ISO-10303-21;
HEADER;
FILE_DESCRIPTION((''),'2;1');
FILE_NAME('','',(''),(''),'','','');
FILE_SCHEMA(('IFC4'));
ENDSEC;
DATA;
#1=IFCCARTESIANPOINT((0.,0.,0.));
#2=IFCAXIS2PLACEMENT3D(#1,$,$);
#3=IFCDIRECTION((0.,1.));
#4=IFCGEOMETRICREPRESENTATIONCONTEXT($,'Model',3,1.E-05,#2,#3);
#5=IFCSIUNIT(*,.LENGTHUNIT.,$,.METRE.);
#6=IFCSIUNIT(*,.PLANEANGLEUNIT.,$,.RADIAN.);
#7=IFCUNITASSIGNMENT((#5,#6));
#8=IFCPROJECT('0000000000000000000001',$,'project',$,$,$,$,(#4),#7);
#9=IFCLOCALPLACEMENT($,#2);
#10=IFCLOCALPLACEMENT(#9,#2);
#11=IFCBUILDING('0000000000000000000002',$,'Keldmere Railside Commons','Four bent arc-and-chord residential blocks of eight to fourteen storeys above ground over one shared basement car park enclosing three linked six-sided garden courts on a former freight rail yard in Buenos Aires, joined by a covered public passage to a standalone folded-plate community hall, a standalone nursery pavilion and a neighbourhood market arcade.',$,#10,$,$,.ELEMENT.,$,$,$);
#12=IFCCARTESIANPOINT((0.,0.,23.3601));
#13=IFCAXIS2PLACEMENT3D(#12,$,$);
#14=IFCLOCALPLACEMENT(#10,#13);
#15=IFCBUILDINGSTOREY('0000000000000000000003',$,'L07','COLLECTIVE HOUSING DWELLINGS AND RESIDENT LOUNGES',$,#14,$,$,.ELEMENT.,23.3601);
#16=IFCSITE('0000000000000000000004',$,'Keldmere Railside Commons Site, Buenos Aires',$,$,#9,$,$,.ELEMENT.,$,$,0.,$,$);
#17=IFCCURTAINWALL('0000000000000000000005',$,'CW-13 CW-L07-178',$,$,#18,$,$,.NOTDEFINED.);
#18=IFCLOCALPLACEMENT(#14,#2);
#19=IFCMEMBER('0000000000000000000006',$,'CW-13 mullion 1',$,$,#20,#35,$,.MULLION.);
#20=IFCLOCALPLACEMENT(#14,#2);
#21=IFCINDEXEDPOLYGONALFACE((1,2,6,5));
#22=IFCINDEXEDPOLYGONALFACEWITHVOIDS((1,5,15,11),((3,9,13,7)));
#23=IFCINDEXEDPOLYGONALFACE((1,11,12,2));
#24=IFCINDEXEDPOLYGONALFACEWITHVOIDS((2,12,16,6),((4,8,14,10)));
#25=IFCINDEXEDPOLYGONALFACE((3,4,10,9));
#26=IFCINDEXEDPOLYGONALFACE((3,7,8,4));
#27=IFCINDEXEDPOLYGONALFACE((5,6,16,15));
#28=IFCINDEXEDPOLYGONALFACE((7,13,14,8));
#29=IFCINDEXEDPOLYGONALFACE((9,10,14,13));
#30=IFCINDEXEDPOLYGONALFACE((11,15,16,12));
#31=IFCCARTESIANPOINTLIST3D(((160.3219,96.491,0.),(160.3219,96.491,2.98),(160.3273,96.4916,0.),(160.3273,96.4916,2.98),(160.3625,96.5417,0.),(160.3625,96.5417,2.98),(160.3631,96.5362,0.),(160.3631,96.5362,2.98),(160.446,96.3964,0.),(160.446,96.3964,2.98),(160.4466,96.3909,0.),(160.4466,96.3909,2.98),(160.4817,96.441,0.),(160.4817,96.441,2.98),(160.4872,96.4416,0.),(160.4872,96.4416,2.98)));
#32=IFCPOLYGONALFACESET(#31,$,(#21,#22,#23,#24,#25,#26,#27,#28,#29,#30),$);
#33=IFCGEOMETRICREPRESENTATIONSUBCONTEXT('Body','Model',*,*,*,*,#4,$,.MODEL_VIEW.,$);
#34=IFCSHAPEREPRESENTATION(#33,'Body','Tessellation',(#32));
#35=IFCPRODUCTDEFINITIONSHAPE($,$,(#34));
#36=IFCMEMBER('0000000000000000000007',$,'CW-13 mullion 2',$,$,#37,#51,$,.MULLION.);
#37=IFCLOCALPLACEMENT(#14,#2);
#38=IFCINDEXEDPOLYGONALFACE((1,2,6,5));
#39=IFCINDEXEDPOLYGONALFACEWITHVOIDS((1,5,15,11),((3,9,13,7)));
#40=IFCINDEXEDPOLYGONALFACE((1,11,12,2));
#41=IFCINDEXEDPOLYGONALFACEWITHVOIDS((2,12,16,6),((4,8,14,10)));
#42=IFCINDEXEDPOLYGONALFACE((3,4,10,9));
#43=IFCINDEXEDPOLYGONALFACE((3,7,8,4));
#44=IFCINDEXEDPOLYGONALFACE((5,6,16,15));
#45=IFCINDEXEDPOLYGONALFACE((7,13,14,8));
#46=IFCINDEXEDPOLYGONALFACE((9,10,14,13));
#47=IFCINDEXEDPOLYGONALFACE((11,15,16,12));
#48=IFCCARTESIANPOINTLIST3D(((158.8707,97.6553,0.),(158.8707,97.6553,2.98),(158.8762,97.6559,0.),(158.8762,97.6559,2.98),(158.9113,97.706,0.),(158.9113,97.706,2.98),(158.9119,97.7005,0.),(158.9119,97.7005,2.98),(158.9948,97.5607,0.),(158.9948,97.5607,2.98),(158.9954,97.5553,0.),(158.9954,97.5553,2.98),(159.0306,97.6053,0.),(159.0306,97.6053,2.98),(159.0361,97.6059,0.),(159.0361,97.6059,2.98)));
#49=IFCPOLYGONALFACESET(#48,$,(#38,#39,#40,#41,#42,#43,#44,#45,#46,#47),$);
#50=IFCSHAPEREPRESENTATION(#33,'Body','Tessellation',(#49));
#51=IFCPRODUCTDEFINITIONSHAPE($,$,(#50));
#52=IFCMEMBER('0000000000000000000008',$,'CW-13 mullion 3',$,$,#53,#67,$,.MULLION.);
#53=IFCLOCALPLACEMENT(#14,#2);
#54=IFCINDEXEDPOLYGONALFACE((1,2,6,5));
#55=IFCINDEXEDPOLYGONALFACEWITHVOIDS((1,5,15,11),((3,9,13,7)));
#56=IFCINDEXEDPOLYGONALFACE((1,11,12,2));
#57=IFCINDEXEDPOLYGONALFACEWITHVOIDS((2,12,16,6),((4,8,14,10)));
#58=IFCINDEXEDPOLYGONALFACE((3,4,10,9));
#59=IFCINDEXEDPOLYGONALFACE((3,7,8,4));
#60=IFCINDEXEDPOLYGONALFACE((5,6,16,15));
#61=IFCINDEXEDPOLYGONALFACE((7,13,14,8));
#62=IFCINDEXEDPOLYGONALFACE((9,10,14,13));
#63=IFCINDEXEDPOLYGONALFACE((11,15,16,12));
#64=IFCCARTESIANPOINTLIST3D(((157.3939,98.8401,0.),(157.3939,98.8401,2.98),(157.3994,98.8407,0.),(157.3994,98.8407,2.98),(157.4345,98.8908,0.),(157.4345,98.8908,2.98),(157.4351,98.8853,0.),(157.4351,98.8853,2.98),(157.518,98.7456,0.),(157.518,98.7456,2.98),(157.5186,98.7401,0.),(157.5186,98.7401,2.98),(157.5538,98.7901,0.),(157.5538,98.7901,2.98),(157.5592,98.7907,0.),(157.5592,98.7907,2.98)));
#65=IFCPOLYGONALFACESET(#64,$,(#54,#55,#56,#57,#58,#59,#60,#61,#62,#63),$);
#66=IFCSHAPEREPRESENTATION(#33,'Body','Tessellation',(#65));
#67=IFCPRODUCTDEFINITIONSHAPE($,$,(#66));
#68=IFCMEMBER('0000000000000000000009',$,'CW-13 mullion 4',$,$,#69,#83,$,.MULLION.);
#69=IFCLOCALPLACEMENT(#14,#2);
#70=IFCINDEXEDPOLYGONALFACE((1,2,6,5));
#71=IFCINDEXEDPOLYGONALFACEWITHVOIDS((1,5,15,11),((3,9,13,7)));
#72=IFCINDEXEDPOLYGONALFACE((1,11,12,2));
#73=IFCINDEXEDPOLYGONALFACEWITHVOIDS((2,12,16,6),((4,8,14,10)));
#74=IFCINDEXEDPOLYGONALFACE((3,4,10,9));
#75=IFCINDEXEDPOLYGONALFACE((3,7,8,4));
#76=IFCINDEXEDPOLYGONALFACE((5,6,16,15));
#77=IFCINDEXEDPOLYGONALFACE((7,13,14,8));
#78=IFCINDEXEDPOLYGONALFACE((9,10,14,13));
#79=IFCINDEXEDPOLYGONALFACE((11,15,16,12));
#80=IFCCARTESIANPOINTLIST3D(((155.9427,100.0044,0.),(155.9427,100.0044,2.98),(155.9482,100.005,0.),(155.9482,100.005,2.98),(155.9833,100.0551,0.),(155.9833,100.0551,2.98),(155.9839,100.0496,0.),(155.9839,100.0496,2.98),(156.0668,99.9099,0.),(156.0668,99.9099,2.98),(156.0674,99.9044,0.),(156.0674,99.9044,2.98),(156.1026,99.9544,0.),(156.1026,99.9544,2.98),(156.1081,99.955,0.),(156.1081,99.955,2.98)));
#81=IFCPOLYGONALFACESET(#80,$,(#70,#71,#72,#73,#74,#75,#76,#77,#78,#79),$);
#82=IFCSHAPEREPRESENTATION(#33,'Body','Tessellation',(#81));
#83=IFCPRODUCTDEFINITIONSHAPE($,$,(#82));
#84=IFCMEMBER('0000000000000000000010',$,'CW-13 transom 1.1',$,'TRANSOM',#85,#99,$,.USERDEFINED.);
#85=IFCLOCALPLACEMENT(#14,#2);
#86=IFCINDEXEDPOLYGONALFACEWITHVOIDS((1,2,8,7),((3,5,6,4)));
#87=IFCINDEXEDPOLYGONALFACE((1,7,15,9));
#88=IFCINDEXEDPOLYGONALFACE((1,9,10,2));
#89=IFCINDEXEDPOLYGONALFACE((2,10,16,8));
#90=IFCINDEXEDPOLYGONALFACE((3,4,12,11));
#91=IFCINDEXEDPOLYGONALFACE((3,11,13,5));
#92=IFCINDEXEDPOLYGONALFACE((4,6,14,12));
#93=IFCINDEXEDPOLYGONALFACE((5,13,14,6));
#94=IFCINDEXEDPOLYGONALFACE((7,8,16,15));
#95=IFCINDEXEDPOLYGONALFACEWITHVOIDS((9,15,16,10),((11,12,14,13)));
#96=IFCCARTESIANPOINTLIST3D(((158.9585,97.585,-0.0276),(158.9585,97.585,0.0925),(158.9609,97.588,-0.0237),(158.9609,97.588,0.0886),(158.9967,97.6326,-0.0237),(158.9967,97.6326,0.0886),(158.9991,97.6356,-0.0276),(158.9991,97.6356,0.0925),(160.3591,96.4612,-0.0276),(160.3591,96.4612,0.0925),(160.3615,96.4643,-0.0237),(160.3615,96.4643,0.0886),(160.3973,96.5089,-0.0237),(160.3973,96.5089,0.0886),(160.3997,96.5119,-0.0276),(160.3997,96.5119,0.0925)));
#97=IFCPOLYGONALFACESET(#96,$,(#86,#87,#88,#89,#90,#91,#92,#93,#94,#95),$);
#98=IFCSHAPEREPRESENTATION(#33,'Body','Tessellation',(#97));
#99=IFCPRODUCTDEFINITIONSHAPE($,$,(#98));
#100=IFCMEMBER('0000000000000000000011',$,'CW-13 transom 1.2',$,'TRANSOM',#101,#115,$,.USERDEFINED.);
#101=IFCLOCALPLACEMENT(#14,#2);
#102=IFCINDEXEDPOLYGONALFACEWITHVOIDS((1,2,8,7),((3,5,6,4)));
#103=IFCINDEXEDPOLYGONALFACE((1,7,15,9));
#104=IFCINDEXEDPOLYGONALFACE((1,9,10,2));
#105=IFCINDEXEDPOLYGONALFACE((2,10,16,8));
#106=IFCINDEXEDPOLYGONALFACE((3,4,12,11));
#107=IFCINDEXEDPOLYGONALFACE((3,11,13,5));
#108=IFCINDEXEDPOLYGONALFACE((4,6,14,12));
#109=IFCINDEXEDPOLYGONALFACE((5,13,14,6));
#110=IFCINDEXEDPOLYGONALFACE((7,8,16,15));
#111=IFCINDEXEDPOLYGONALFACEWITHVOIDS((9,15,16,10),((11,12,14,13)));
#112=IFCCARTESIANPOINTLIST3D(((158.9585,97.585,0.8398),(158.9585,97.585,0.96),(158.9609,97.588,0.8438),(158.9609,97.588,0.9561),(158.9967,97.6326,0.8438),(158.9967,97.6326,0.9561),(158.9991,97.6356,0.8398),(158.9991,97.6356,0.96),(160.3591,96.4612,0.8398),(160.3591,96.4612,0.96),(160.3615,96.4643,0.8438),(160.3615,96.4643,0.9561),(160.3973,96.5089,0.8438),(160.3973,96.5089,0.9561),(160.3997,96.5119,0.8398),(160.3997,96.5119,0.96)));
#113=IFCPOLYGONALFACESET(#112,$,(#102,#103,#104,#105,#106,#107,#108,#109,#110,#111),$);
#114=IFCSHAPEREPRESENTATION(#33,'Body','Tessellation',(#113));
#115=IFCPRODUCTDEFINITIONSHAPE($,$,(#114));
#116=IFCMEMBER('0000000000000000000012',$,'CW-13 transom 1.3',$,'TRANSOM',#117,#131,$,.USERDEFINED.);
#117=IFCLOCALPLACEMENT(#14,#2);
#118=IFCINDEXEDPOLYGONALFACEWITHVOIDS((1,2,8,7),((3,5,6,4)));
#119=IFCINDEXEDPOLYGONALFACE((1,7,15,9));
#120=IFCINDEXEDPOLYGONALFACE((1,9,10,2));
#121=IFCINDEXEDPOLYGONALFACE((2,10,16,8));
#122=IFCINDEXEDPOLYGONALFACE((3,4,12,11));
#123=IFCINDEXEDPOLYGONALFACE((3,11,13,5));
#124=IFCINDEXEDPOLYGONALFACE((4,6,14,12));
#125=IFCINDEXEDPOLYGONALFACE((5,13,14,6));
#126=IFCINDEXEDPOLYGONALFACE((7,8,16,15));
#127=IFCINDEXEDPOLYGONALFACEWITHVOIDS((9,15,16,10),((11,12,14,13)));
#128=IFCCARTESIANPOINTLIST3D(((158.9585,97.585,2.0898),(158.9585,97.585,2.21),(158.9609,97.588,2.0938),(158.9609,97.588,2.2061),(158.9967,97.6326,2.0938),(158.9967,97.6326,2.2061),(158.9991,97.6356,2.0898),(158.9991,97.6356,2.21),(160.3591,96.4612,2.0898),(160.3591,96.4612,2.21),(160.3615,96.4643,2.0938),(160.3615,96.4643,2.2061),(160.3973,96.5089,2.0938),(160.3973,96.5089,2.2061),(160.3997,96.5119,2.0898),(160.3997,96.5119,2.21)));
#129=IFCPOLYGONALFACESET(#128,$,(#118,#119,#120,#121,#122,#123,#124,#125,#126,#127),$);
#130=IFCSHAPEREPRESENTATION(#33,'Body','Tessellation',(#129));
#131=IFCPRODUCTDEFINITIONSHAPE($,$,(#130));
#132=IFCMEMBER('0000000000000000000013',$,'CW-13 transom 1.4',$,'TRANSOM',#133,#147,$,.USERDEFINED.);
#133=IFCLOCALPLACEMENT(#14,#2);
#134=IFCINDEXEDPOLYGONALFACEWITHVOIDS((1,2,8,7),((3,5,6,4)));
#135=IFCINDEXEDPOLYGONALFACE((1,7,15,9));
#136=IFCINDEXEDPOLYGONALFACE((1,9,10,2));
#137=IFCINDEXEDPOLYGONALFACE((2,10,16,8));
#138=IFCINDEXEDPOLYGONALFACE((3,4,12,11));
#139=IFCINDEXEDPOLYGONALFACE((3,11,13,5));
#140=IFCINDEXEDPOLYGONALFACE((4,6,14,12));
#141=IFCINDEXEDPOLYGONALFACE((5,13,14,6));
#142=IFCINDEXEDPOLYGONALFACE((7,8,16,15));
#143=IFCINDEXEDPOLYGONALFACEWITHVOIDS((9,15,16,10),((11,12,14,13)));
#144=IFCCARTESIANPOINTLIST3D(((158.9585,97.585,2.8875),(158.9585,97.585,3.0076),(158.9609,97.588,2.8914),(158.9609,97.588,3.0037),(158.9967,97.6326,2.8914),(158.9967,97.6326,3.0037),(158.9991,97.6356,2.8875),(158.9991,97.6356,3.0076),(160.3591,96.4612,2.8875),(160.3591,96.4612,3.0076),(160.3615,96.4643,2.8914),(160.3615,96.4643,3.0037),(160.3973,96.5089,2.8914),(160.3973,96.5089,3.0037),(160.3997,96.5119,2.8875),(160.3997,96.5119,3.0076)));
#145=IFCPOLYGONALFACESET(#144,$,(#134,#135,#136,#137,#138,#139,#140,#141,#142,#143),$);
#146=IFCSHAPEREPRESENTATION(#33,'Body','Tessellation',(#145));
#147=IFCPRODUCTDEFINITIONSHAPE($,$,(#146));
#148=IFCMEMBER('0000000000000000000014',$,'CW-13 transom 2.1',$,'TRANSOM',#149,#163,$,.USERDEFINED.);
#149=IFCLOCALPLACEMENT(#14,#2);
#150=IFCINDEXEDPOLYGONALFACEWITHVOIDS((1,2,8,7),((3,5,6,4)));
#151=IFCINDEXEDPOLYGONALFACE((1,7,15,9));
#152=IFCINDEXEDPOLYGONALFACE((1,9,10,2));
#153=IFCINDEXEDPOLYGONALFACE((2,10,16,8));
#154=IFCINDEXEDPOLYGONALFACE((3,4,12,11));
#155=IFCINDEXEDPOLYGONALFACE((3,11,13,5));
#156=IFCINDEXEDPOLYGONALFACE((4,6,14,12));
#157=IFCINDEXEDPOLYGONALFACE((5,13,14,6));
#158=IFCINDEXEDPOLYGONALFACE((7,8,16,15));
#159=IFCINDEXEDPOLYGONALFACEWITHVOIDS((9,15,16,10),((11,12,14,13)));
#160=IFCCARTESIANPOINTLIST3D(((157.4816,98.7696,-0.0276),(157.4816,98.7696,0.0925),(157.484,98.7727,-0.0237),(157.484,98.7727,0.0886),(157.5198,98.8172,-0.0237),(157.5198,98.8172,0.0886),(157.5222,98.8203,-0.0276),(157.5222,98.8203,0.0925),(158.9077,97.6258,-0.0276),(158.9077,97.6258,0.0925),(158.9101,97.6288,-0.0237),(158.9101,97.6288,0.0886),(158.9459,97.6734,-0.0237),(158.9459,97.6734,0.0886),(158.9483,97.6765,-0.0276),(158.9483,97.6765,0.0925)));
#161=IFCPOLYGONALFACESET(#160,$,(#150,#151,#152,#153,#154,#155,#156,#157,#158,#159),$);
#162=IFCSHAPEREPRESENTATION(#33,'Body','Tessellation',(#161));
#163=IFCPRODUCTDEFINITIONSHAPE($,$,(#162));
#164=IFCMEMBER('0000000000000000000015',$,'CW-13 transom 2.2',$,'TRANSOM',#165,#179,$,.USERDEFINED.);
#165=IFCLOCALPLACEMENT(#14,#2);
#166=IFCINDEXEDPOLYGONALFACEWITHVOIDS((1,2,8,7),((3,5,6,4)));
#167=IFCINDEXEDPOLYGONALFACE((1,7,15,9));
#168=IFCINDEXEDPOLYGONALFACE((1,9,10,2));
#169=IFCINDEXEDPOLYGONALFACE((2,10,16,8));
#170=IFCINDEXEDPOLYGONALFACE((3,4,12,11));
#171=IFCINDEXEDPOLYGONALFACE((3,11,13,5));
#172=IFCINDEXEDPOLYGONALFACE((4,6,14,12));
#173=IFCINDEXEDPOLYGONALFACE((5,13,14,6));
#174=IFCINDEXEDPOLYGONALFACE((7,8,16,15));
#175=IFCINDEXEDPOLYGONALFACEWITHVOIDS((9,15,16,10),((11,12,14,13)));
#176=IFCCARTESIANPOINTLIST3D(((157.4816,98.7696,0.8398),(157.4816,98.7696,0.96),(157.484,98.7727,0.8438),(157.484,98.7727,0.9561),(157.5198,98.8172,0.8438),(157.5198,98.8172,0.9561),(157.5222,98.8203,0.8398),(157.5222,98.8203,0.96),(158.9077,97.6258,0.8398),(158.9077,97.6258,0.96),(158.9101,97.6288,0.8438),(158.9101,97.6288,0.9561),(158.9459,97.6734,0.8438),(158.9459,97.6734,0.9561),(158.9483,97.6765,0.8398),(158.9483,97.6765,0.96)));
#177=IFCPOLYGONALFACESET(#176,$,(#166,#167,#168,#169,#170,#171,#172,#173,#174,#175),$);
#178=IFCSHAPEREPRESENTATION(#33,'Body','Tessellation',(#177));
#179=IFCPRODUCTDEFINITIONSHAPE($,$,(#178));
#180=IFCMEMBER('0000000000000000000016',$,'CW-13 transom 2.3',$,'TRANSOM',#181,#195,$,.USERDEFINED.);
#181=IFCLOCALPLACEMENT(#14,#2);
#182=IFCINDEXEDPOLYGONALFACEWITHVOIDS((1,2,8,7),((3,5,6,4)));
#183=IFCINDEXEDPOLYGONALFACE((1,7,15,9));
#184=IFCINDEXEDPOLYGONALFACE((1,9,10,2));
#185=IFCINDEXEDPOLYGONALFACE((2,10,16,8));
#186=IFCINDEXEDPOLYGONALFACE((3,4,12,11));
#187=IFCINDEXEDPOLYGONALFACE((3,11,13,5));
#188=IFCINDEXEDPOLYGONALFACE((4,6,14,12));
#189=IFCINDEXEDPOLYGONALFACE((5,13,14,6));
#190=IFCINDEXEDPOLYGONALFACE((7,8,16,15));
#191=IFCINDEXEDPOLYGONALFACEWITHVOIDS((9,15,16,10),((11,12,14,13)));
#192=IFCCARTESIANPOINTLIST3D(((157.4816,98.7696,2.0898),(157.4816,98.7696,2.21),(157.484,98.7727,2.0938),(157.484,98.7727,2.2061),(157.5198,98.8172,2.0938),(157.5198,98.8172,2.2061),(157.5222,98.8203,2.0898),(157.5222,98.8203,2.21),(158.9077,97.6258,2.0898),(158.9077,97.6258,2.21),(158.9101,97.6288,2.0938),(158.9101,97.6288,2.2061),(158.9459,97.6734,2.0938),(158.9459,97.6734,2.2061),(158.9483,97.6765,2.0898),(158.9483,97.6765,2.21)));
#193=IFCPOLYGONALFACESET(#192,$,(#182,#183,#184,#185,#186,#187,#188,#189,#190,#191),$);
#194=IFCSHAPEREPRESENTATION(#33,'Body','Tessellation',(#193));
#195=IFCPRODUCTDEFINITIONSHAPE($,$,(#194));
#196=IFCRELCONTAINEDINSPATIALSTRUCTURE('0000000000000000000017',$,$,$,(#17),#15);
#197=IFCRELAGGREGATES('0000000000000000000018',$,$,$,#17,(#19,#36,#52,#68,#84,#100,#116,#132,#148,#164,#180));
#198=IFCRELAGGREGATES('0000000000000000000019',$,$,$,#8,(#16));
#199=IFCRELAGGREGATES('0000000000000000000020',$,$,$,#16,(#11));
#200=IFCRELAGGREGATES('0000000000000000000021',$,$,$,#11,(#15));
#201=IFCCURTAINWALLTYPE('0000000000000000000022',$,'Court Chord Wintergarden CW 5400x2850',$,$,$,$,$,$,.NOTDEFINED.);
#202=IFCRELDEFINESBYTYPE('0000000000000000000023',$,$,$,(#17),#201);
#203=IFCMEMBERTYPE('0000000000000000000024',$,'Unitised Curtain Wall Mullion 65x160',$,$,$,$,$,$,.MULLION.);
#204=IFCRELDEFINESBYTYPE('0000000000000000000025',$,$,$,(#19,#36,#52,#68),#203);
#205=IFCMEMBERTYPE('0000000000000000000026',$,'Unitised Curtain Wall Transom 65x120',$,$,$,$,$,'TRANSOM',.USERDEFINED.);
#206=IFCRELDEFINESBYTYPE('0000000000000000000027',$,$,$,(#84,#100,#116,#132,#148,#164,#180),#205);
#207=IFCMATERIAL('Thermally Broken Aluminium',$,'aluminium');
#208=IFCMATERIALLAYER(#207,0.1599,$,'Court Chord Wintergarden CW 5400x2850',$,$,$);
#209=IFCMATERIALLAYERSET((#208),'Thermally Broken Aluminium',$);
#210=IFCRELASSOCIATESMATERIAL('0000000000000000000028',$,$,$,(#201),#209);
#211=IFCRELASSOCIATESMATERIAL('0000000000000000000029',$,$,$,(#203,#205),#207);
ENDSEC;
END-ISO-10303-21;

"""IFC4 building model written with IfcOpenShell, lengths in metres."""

from ifc_helpers import new_model, si_unit, direction, frame, origin, origin_2d, place, context, subcontext, project, spatial, hollow_rectangle, extrude, material, layer, layer_set, material_profile, profile_set, type_object, element, aggregate, save


model = new_model("IFC4")

# Units and contexts
model_context = context("Model", 3, precision=1e-05, world=origin(), true_north=direction((0.0, 1.0)))
body_context = subcontext(model_context, "Body", "Model", "MODEL_VIEW")
ifc_project = project(units=[si_unit("LENGTHUNIT", "METRE"), si_unit("PLANEANGLEUNIT", "RADIAN")], contexts=[model_context])

# Site, building, storey
site_placement = place(None, origin())
site = spatial("IfcSite", under=ifc_project, at=site_placement, Name="Keldmere Railside Commons Site, Buenos Aires", CompositionType="ELEMENT", RefElevation=0.0)
building_placement = place(site_placement, origin())
building = spatial("IfcBuilding", under=site, at=building_placement, Name="Keldmere Railside Commons", Description="Four bent arc-and-chord residential blocks of eight to fourteen storeys above ground over one shared basement car park enclosing three linked six-sided garden courts on a former freight rail yard in Buenos Aires, joined by a covered public passage to a standalone folded-plate community hall, a standalone nursery pavilion and a neighbourhood market arcade.", CompositionType="ELEMENT")
storey_placement = place(building_placement, frame((0.0, 0.0, 23.3601)))
storey = spatial("IfcBuildingStorey", under=building, at=storey_placement, Name="L07", Description="COLLECTIVE HOUSING DWELLINGS AND RESIDENT LOUNGES", CompositionType="ELEMENT", Elevation=23.3601)

# Curtain wall, members
ifc_material_1 = material(Name="Thermally Broken Aluminium", Category="aluminium")
ifc_layer_1 = layer(ifc_material_1, 0.1599, Name="Court Chord Wintergarden CW 5400x2850")
ifc_layer_set_1 = layer_set([ifc_layer_1], Name="Thermally Broken Aluminium")
curtain_wall_type = type_object("IfcCurtainWallType", Name="Court Chord Wintergarden CW 5400x2850", PredefinedType="NOTDEFINED", material=ifc_layer_set_1)
curtain_wall_placement = place(storey_placement, origin())
curtain_wall = element("IfcCurtainWall", 1, at=curtain_wall_placement, inside=storey, type_object=curtain_wall_type, Name="CW-13 CW-L07-178", PredefinedType="NOTDEFINED")
ifc_material_profile_1 = material_profile(ifc_material_1, hollow_rectangle(XDim=0.0649, YDim=0.1599, WallThickness=0.0039, at=origin_2d()), Name="ALU-MULL-65x160")
ifc_profile_set_1 = profile_set([ifc_material_profile_1], Name="Thermally Broken Aluminium")
member_type_1 = type_object("IfcMemberType", Name="Unitised Curtain Wall Mullion 65x160", PredefinedType="MULLION", material=ifc_profile_set_1)
member_1_placement = place(storey_placement, frame((160.4045, 96.4663, 0.0), z_axis=(0.0, 0.0, 1.0), x_axis=(-0.625768, -0.780009, 0.0)))
member_1 = element("IfcMember", 2, at=member_1_placement, type_object=member_type_1, Name="CW-13 mullion 1", PredefinedType="MULLION", context=body_context, shape_type="SweptSolid", body=[
    extrude(hollow_rectangle(XDim=0.0649, YDim=0.1599, WallThickness=0.0039, at=origin_2d()), origin(), (0.0, 0.0, 1.0), 2.98),
])
member_2_placement = place(storey_placement, frame((158.9534, 97.6306, 0.0), z_axis=(0.0, 0.0, 1.0), x_axis=(-0.625768, -0.780009, 0.0)))
member_2 = element("IfcMember", 3, at=member_2_placement, type_object=member_type_1, Name="CW-13 mullion 2", PredefinedType="MULLION", context=body_context, shape_type="SweptSolid", body=[
    extrude(hollow_rectangle(XDim=0.0649, YDim=0.1599, WallThickness=0.0039, at=origin_2d()), origin(), (0.0, 0.0, 1.0), 2.98),
])
member_3_placement = place(storey_placement, frame((157.4766, 98.8154, 0.0), z_axis=(0.0, 0.0, 1.0), x_axis=(-0.625768, -0.780009, 0.0)))
member_3 = element("IfcMember", 4, at=member_3_placement, type_object=member_type_1, Name="CW-13 mullion 3", PredefinedType="MULLION", context=body_context, shape_type="SweptSolid", body=[
    extrude(hollow_rectangle(XDim=0.0649, YDim=0.1599, WallThickness=0.0039, at=origin_2d()), origin(), (0.0, 0.0, 1.0), 2.98),
])
member_4_placement = place(storey_placement, frame((156.0254, 99.9797, 0.0), z_axis=(0.0, 0.0, 1.0), x_axis=(-0.625768, -0.780009, 0.0)))
member_4 = element("IfcMember", 5, at=member_4_placement, type_object=member_type_1, Name="CW-13 mullion 4", PredefinedType="MULLION", context=body_context, shape_type="SweptSolid", body=[
    extrude(hollow_rectangle(XDim=0.0649, YDim=0.1599, WallThickness=0.0039, at=origin_2d()), origin(), (0.0, 0.0, 1.0), 2.98),
])
ifc_material_profile_2 = material_profile(ifc_material_1, hollow_rectangle(XDim=0.0649, YDim=0.1201, WallThickness=0.0039, at=origin_2d()), Name="ALU-TRAN-65x120")
ifc_profile_set_2 = profile_set([ifc_material_profile_2], Name="Thermally Broken Aluminium")
member_type_2 = type_object("IfcMemberType", Name="Unitised Curtain Wall Transom 65x120", ElementType="TRANSOM", PredefinedType="USERDEFINED", material=ifc_profile_set_2)
member_5_placement = place(storey_placement, frame((160.3794, 96.4866, 0.0325), z_axis=(-0.779979, 0.625805, 0.0), x_axis=(-0.625805, -0.779979, 0.0)))
member_5 = element("IfcMember", 6, at=member_5_placement, type_object=member_type_2, Name="CW-13 transom 1.1", ObjectType="TRANSOM", PredefinedType="USERDEFINED", context=body_context, shape_type="SweptSolid", body=[
    extrude(hollow_rectangle(XDim=0.0649, YDim=0.1201, WallThickness=0.0039, at=origin_2d()), origin(), (0.0, 0.0, 1.0), 1.7957),
])
member_6_placement = place(storey_placement, frame((160.3794, 96.4866, 0.8999), z_axis=(-0.779979, 0.625805, 0.0), x_axis=(-0.625805, -0.779979, 0.0)))
member_6 = element("IfcMember", 7, at=member_6_placement, type_object=member_type_2, Name="CW-13 transom 1.2", ObjectType="TRANSOM", PredefinedType="USERDEFINED", context=body_context, shape_type="SweptSolid", body=[
    extrude(hollow_rectangle(XDim=0.0649, YDim=0.1201, WallThickness=0.0039, at=origin_2d()), origin(), (0.0, 0.0, 1.0), 1.7957),
])
member_7_placement = place(storey_placement, frame((160.3794, 96.4866, 2.1499), z_axis=(-0.779979, 0.625805, 0.0), x_axis=(-0.625805, -0.779979, 0.0)))
member_7 = element("IfcMember", 8, at=member_7_placement, type_object=member_type_2, Name="CW-13 transom 1.3", ObjectType="TRANSOM", PredefinedType="USERDEFINED", context=body_context, shape_type="SweptSolid", body=[
    extrude(hollow_rectangle(XDim=0.0649, YDim=0.1201, WallThickness=0.0039, at=origin_2d()), origin(), (0.0, 0.0, 1.0), 1.7957),
])
member_8_placement = place(storey_placement, frame((160.3794, 96.4866, 2.9475), z_axis=(-0.779979, 0.625805, 0.0), x_axis=(-0.625805, -0.779979, 0.0)))
member_8 = element("IfcMember", 9, at=member_8_placement, type_object=member_type_2, Name="CW-13 transom 1.4", ObjectType="TRANSOM", PredefinedType="USERDEFINED", context=body_context, shape_type="SweptSolid", body=[
    extrude(hollow_rectangle(XDim=0.0649, YDim=0.1201, WallThickness=0.0039, at=origin_2d()), origin(), (0.0, 0.0, 1.0), 1.7957),
])
member_9_placement = place(storey_placement, frame((158.928, 97.6511, 0.0325), z_axis=(-0.780073, 0.625688, 0.0), x_axis=(-0.625688, -0.780073, 0.0)))
member_9 = element("IfcMember", 10, at=member_9_placement, type_object=member_type_2, Name="CW-13 transom 2.1", ObjectType="TRANSOM", PredefinedType="USERDEFINED", context=body_context, shape_type="SweptSolid", body=[
    extrude(hollow_rectangle(XDim=0.0649, YDim=0.1201, WallThickness=0.0039, at=origin_2d()), origin(), (0.0, 0.0, 1.0), 1.8281),
])
member_10_placement = place(storey_placement, frame((158.928, 97.6511, 0.8999), z_axis=(-0.780073, 0.625688, 0.0), x_axis=(-0.625688, -0.780073, 0.0)))
member_10 = element("IfcMember", 11, at=member_10_placement, type_object=member_type_2, Name="CW-13 transom 2.2", ObjectType="TRANSOM", PredefinedType="USERDEFINED", context=body_context, shape_type="SweptSolid", body=[
    extrude(hollow_rectangle(XDim=0.0649, YDim=0.1201, WallThickness=0.0039, at=origin_2d()), origin(), (0.0, 0.0, 1.0), 1.8281),
])
member_11_placement = place(storey_placement, frame((158.928, 97.6511, 2.1499), z_axis=(-0.780073, 0.625688, 0.0), x_axis=(-0.625688, -0.780073, 0.0)))
member_11 = element("IfcMember", 12, at=member_11_placement, type_object=member_type_2, Name="CW-13 transom 2.3", ObjectType="TRANSOM", PredefinedType="USERDEFINED", context=body_context, shape_type="SweptSolid", body=[
    extrude(hollow_rectangle(XDim=0.0649, YDim=0.1201, WallThickness=0.0039, at=origin_2d()), origin(), (0.0, 0.0, 1.0), 1.8281),
])
aggregate(curtain_wall, [member_1, member_2, member_3, member_4, member_5, member_6, member_7, member_8, member_9, member_10, member_11])

save(model, "model.ifc")
